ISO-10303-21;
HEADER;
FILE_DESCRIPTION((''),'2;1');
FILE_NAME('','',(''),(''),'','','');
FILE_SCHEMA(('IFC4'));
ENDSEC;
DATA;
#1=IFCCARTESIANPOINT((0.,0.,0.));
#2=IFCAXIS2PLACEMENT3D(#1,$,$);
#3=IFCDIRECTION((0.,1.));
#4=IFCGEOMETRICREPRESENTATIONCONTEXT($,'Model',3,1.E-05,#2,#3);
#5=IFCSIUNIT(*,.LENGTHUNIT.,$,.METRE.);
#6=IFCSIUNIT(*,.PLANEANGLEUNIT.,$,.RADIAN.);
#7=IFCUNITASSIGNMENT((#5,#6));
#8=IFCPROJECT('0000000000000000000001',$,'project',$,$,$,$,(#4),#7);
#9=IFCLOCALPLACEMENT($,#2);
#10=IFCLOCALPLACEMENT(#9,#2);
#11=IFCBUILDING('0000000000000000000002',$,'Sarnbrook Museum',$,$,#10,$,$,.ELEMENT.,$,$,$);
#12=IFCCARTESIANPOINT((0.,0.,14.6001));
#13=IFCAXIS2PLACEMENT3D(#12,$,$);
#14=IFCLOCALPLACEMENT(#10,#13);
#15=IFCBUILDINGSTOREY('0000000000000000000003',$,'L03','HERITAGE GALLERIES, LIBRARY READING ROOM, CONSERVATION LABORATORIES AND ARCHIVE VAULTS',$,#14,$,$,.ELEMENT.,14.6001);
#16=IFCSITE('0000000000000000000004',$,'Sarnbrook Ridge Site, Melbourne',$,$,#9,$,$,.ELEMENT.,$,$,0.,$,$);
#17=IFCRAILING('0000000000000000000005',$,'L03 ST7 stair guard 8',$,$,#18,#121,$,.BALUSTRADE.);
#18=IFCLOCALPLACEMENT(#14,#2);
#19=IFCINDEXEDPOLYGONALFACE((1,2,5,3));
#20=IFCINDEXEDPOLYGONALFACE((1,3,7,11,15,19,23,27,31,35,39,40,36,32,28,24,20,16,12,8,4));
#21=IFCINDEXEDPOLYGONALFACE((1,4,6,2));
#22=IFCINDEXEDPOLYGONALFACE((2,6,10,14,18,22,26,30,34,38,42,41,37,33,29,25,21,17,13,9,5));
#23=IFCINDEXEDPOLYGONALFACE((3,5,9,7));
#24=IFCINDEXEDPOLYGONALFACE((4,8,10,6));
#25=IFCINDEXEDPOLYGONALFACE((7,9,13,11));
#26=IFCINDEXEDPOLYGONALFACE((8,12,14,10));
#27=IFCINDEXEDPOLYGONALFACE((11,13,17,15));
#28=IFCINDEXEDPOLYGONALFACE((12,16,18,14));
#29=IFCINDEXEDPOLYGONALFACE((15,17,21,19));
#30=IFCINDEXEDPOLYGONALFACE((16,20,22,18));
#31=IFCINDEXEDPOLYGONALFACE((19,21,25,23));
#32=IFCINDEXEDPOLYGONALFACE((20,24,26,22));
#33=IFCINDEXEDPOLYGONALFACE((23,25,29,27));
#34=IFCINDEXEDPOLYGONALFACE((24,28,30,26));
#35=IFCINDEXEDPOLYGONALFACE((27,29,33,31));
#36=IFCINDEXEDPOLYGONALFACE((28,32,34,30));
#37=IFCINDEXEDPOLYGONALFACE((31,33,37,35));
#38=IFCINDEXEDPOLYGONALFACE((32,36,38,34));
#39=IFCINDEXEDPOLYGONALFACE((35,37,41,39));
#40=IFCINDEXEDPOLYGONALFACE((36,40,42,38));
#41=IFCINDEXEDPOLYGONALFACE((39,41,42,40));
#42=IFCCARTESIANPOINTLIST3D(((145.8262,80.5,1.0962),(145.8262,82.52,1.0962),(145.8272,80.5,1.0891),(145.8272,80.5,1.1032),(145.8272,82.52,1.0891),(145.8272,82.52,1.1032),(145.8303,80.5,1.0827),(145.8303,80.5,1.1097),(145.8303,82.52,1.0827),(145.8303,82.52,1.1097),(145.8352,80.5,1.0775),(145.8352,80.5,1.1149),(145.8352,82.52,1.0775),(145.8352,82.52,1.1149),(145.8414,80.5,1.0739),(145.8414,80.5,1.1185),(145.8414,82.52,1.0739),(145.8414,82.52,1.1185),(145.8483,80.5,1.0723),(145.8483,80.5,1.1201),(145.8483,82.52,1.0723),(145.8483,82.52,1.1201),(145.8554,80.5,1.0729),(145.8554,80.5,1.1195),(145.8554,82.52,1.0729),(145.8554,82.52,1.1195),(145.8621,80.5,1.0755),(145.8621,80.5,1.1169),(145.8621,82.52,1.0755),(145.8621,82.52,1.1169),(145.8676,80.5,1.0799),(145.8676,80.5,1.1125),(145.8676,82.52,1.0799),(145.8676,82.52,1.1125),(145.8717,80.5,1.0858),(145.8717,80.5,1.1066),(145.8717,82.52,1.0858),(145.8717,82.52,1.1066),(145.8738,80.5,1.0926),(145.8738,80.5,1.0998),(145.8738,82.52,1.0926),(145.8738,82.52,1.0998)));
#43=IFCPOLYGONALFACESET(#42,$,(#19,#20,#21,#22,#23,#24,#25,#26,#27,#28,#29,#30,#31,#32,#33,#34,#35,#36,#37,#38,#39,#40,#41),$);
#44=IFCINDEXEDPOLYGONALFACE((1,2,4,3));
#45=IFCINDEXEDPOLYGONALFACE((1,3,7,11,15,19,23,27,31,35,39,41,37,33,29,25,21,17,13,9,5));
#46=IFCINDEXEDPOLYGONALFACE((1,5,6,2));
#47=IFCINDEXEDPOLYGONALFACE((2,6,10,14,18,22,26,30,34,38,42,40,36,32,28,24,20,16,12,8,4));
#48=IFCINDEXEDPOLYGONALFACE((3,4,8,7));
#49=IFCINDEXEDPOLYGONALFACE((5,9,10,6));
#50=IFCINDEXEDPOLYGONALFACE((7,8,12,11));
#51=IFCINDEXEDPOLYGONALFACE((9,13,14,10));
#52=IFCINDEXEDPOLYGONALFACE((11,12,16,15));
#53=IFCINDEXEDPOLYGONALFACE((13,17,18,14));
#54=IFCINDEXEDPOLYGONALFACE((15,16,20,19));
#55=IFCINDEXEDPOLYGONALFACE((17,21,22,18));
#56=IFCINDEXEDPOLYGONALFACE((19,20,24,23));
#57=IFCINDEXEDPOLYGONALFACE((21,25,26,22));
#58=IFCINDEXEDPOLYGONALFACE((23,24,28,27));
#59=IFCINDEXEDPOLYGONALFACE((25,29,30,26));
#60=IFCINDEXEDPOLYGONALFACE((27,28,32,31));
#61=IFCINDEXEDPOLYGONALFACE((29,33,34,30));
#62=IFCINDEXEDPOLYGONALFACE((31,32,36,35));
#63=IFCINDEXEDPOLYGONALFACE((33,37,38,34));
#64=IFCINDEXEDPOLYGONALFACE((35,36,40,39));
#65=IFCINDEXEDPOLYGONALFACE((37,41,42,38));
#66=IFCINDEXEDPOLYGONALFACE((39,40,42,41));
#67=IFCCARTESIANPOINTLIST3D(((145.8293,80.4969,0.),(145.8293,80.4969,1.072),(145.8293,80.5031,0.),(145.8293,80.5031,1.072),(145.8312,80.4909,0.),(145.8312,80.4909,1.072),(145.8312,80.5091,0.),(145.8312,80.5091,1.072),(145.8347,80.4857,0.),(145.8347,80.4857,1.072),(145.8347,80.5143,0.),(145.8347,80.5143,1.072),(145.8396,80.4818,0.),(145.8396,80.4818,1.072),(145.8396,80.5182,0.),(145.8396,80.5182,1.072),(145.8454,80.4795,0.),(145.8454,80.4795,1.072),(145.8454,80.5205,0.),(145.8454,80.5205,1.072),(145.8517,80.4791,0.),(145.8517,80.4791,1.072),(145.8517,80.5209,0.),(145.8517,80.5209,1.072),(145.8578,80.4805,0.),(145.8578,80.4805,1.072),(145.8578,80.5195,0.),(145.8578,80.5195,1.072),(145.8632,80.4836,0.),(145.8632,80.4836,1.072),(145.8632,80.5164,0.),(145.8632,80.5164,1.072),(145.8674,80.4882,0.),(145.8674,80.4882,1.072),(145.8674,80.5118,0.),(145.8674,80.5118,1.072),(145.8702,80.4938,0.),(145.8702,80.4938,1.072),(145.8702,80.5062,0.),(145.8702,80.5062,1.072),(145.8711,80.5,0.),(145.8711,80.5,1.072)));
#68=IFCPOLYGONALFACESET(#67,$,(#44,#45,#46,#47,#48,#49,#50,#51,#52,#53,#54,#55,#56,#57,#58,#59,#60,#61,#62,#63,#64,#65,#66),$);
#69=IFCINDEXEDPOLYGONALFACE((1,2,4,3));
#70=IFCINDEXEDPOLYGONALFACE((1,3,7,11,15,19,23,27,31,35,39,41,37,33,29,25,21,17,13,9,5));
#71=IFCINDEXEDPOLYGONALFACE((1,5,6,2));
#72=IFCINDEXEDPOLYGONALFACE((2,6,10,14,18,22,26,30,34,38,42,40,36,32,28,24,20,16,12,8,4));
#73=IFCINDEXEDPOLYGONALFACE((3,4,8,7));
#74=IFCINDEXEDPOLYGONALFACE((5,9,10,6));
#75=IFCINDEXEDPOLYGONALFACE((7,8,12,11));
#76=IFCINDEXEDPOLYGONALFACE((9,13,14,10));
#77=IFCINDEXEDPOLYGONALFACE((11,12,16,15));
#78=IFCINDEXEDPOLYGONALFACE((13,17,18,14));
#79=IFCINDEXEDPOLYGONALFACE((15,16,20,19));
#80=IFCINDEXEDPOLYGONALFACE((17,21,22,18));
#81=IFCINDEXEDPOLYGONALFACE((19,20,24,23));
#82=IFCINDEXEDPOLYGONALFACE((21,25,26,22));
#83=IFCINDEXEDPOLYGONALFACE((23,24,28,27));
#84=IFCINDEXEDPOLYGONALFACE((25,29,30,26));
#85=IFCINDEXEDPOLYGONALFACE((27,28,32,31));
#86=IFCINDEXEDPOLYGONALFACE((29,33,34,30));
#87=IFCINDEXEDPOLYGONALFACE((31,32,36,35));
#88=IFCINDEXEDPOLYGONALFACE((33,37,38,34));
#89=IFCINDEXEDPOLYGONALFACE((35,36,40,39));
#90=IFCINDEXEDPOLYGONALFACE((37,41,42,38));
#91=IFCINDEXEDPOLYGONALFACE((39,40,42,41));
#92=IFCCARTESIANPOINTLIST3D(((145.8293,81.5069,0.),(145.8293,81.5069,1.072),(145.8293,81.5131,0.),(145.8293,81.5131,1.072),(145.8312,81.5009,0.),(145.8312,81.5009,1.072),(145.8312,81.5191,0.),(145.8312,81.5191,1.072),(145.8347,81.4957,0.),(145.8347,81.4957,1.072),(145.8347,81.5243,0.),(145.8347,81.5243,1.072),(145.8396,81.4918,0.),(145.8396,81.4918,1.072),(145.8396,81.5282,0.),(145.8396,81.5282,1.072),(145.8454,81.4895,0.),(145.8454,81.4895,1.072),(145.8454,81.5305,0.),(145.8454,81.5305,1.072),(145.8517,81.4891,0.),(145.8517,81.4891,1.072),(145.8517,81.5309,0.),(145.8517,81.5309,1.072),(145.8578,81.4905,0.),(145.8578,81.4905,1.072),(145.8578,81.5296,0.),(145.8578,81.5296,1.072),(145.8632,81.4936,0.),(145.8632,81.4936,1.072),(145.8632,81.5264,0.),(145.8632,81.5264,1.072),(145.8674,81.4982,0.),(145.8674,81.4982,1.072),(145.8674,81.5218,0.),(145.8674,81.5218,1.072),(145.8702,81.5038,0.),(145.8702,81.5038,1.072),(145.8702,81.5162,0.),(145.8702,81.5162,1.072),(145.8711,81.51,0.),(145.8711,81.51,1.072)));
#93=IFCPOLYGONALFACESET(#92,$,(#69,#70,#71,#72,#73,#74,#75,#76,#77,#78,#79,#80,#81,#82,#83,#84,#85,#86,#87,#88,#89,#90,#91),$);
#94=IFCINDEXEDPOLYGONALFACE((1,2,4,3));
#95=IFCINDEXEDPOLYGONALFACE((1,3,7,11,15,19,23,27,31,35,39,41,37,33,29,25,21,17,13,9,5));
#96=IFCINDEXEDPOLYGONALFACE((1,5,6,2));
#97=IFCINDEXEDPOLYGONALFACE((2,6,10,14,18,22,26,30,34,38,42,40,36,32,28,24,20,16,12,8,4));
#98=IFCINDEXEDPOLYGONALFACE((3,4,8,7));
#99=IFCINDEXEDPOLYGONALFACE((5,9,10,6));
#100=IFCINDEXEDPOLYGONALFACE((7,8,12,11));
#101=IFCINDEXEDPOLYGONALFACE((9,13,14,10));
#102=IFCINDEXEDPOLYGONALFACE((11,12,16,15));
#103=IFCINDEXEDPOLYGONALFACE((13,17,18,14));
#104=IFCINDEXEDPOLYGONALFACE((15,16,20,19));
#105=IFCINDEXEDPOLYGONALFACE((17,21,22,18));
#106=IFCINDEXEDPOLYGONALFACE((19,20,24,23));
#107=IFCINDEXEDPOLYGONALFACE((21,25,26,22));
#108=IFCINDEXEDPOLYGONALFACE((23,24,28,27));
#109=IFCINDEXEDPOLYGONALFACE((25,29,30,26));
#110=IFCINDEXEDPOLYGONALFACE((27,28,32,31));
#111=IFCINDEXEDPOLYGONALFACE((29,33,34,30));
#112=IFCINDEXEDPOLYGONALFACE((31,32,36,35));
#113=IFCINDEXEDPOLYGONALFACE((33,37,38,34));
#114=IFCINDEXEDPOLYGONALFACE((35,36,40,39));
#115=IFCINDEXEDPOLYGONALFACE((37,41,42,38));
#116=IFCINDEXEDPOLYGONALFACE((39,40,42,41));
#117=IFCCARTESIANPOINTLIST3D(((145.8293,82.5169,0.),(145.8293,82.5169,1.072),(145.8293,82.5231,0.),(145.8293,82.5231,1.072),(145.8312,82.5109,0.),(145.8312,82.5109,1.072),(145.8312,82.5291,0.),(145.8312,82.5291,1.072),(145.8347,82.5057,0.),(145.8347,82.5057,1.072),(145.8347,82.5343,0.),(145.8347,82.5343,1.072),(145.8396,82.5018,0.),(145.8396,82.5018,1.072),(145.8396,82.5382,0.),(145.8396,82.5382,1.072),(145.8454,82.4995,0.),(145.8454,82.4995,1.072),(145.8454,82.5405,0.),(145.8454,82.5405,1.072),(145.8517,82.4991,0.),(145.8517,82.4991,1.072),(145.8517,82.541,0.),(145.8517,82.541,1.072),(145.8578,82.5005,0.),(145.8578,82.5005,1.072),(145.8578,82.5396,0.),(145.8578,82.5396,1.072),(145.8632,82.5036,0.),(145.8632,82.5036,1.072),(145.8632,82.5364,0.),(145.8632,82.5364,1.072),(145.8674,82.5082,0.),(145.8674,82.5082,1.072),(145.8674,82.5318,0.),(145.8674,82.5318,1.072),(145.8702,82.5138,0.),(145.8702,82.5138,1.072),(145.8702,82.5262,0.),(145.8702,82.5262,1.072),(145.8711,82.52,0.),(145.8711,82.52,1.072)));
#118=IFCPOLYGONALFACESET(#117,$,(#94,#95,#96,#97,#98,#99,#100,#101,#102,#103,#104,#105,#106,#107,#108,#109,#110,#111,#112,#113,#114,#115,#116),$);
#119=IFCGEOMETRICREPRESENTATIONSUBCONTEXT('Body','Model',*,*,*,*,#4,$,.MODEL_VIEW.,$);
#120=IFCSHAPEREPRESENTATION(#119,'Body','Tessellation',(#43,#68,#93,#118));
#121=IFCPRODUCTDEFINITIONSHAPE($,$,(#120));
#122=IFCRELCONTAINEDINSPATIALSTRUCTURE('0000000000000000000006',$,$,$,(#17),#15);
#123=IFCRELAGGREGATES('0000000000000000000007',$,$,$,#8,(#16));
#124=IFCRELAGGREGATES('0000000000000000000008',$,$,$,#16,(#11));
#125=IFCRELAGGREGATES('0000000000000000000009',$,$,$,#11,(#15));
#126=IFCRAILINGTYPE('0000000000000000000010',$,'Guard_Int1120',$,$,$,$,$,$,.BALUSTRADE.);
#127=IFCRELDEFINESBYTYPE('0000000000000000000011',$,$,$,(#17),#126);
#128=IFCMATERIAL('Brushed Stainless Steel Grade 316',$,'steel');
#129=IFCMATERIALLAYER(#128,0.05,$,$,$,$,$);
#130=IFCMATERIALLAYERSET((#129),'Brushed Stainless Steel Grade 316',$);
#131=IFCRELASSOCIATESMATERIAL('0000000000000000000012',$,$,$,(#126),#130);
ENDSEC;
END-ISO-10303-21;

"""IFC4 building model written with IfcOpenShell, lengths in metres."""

from ifc_helpers import new_model, si_unit, direction, frame, origin, origin_2d, place, context, subcontext, project, spatial, circle, extrude, material, layer, layer_set, type_object, element, save


model = new_model("IFC4")

# Units and contexts
model_context = context("Model", 3, precision=1e-05, world=origin(), true_north=direction((0.0, 1.0)))
body_context = subcontext(model_context, "Body", "Model", "MODEL_VIEW")
ifc_project = project(units=[si_unit("LENGTHUNIT", "METRE"), si_unit("PLANEANGLEUNIT", "RADIAN")], contexts=[model_context])

# Site, building, storey
site_placement = place(None, origin())
site = spatial("IfcSite", under=ifc_project, at=site_placement, Name="Sarnbrook Ridge Site, Melbourne", CompositionType="ELEMENT", RefElevation=0.0)
building_placement = place(site_placement, origin())
building = spatial("IfcBuilding", under=site, at=building_placement, Name="Sarnbrook Museum", CompositionType="ELEMENT")
storey_placement = place(building_placement, frame((0.0, 0.0, 14.6001)))
storey = spatial("IfcBuildingStorey", under=building, at=storey_placement, Name="L03", Description="HERITAGE GALLERIES, LIBRARY READING ROOM, CONSERVATION LABORATORIES AND ARCHIVE VAULTS", CompositionType="ELEMENT", Elevation=14.6001)

# Railing
ifc_material_1 = material(Name="Brushed Stainless Steel Grade 316", Category="steel")
ifc_layer_1 = layer(ifc_material_1, 0.05)
ifc_layer_set_1 = layer_set([ifc_layer_1], Name="Brushed Stainless Steel Grade 316")
railing_type_1 = type_object("IfcRailingType", Name="Guard_Int1120", PredefinedType="BALUSTRADE", material=ifc_layer_set_1)
railing_1_placement = place(storey_placement, frame((145.8501, 80.5, 0.0)))
element("IfcRailing", 1, at=railing_1_placement, inside=storey, type_object=railing_type_1, Name="L03 ST7 stair guard 8", PredefinedType="BALUSTRADE", context=body_context, shape_type="SweptSolid", body=[
    extrude(circle(Radius=0.0239, at=origin_2d()), frame((0.0, 0.0, 1.0962), z_axis=(0.0, 1.0, 0.0), x_axis=(-1.0, 0.0, 0.0)), (0.0, 0.0, 1.0), 2.02),
    extrude(circle(Radius=0.021, at=origin_2d()), origin(), (0.0, 0.0, 1.0), 1.072),
    extrude(circle(Radius=0.021, at=origin_2d()), frame((0.0, 1.01, 0.0)), (0.0, 0.0, 1.0), 1.072),
    extrude(circle(Radius=0.021, at=origin_2d()), frame((0.0, 2.02, 0.0)), (0.0, 0.0, 1.0), 1.072),
])

save(model, "model.ifc")
